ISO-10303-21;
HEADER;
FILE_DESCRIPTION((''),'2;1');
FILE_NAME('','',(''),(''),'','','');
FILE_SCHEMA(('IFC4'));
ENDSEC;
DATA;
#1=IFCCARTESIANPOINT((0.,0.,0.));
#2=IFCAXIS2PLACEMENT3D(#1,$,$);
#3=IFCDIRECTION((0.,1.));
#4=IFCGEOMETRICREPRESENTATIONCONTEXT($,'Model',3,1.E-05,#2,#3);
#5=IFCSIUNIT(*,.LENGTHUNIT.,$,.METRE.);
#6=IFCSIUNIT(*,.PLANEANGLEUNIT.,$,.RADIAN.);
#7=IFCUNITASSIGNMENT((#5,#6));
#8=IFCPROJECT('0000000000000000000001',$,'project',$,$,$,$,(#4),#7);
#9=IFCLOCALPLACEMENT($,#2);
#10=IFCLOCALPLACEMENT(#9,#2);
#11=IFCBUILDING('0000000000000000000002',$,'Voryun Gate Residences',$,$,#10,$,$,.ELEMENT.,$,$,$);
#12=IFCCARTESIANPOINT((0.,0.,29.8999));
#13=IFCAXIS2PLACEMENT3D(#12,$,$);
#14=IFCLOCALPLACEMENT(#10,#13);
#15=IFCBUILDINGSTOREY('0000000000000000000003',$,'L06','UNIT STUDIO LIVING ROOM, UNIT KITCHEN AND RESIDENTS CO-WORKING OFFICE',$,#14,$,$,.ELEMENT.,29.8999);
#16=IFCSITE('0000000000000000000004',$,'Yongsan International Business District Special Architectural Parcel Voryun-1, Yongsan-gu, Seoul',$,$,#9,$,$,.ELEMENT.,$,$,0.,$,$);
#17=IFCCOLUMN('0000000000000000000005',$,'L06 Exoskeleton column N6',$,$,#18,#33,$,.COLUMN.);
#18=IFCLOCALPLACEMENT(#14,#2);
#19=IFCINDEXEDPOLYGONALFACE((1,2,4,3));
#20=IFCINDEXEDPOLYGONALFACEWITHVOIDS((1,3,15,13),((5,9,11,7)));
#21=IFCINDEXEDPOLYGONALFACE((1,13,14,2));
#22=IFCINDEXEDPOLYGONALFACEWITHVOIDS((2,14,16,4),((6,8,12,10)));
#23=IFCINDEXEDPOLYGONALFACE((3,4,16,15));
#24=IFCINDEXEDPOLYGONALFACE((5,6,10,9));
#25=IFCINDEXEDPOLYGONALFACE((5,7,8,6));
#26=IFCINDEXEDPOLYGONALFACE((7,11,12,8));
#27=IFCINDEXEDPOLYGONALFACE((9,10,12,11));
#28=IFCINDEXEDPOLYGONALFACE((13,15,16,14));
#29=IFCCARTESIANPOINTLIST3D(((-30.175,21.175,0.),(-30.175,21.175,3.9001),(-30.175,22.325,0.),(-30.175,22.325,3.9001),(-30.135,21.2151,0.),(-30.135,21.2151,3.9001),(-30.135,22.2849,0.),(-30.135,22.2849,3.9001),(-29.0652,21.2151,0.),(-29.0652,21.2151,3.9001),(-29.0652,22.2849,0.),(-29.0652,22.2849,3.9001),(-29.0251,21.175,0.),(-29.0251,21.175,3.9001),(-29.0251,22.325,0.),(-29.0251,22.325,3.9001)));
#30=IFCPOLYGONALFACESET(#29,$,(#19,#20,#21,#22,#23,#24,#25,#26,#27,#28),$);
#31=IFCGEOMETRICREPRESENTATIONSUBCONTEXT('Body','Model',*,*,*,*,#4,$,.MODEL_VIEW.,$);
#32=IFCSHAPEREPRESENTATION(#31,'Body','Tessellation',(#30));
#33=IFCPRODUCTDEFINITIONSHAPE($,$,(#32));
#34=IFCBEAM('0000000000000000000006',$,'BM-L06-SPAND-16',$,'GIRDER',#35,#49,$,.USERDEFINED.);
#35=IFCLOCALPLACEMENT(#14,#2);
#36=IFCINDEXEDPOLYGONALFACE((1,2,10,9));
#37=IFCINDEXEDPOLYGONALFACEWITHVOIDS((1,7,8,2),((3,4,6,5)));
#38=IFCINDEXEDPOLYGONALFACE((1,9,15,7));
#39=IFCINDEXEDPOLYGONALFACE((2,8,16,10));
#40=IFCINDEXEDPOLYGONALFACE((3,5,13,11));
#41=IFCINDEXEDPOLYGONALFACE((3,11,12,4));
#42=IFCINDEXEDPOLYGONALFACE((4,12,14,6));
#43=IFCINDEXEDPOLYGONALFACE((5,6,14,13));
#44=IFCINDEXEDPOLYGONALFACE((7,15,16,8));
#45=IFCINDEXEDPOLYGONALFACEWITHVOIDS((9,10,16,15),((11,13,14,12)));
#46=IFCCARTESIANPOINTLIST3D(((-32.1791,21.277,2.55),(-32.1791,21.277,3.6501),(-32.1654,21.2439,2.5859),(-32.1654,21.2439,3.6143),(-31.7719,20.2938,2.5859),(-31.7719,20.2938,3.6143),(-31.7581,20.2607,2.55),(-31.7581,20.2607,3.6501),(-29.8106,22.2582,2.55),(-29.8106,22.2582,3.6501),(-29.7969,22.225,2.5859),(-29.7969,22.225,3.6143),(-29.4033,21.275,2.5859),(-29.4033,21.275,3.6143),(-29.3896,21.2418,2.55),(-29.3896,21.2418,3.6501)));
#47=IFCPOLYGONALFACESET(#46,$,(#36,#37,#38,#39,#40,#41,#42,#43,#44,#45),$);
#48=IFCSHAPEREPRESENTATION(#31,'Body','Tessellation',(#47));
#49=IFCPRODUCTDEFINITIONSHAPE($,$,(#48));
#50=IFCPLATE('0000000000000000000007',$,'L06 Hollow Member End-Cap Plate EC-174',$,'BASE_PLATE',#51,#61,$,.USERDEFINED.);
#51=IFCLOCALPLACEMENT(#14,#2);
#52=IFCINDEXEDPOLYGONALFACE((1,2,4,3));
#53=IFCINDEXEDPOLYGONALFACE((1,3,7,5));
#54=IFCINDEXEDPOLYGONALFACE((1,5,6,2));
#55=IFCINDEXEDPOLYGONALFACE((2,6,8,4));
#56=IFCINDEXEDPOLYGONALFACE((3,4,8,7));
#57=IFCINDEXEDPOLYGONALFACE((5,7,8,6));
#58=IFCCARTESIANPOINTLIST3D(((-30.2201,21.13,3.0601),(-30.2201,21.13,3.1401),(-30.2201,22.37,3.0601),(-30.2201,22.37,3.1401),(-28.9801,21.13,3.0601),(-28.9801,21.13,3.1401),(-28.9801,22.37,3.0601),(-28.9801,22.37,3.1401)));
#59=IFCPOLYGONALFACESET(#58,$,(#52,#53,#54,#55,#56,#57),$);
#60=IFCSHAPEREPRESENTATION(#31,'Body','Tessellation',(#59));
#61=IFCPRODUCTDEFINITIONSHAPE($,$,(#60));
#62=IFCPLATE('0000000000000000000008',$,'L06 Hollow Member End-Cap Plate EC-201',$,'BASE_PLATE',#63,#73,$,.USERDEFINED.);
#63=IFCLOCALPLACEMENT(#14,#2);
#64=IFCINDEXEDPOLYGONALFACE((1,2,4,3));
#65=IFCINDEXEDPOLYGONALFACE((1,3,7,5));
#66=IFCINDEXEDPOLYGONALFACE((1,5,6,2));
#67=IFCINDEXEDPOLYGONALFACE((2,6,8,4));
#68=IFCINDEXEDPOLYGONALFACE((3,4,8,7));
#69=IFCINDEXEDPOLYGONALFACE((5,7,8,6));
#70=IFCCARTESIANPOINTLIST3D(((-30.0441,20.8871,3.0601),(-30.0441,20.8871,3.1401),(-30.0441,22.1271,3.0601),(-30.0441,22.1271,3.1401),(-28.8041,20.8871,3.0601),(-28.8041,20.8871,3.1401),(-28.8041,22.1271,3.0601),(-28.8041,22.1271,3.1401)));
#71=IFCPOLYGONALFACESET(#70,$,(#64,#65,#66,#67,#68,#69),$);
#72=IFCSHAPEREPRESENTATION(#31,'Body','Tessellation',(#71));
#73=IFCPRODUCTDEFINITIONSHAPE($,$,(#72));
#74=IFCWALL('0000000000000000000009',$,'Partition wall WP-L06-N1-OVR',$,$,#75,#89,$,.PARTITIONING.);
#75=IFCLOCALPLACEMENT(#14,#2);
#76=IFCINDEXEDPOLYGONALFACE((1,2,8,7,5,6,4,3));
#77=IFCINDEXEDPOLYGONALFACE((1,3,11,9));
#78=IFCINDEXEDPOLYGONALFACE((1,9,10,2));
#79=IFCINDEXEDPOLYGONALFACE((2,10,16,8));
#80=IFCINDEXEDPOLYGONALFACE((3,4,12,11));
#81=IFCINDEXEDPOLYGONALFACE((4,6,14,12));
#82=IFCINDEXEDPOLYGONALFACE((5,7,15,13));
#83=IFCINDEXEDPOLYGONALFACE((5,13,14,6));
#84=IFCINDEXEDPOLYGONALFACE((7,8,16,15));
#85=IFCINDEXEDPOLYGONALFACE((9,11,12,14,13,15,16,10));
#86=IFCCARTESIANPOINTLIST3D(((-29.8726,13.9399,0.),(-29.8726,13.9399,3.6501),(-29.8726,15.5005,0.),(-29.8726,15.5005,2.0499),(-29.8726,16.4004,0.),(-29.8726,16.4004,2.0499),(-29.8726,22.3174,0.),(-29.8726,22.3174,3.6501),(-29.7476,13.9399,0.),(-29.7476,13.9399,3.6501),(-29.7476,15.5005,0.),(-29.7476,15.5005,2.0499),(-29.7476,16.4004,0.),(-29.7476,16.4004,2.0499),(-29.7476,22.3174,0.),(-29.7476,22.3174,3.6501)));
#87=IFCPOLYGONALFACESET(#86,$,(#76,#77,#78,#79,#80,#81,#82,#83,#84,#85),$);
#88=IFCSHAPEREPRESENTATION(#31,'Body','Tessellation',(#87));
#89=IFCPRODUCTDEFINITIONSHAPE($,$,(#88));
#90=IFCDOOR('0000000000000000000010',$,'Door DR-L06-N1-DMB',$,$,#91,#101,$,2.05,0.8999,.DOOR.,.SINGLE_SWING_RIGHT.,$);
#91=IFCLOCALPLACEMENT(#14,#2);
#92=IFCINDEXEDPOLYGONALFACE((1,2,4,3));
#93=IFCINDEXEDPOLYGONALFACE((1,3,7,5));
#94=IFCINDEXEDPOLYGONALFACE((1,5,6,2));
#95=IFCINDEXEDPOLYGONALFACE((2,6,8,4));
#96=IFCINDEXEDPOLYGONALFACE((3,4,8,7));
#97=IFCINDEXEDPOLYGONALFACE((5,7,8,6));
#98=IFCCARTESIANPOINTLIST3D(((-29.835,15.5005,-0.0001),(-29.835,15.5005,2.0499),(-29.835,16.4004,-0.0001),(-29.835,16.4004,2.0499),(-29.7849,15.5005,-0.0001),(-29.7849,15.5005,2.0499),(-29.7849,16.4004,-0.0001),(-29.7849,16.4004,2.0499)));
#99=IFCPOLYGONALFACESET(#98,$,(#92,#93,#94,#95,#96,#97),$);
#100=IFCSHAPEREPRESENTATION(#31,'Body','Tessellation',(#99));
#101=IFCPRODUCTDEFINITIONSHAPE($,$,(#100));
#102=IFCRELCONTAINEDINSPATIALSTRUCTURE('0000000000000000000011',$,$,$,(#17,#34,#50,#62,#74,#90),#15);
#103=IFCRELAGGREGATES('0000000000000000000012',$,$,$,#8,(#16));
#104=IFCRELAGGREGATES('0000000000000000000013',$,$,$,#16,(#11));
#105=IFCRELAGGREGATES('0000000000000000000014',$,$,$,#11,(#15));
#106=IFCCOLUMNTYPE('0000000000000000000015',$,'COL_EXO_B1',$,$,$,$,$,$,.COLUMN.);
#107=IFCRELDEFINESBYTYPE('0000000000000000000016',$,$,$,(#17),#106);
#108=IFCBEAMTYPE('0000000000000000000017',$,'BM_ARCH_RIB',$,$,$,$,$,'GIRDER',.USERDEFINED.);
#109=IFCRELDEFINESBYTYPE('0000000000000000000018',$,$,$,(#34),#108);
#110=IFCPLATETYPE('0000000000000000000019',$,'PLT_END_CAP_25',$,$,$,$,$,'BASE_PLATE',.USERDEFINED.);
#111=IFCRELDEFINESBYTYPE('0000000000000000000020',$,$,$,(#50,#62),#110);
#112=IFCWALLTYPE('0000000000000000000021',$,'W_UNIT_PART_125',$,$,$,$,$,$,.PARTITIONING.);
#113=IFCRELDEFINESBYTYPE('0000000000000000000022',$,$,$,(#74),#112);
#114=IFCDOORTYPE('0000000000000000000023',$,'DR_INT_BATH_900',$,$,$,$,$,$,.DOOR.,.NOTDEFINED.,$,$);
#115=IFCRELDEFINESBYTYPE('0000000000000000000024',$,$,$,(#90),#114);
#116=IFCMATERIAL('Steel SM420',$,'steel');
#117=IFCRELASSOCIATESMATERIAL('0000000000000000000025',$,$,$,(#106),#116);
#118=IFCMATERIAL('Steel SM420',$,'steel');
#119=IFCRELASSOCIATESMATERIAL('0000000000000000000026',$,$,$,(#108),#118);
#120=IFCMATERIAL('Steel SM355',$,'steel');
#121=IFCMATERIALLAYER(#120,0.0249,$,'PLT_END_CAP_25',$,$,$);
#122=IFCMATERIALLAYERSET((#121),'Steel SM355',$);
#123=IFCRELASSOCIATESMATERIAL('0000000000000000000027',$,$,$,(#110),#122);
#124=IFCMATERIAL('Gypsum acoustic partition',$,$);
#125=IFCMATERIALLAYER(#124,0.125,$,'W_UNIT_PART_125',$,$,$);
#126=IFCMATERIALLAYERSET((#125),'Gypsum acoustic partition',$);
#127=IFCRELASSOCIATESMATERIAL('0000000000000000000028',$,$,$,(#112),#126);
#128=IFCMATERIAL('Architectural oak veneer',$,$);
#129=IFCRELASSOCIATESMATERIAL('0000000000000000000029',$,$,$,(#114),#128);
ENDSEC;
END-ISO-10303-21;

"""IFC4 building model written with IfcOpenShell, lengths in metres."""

from ifc_helpers import new_model, si_unit, direction, frame, frame_2d, origin, origin_2d, place, context, subcontext, project, spatial, rectangle, hollow_rectangle, extrude, material, layer, layer_set, material_profile, profile_set, type_object, element, fill, save


model = new_model("IFC4")

# Units and contexts
model_context = context("Model", 3, precision=1e-05, world=origin(), true_north=direction((0.0, 1.0)))
body_context = subcontext(model_context, "Body", "Model", "MODEL_VIEW")
ifc_project = project(units=[si_unit("LENGTHUNIT", "METRE"), si_unit("PLANEANGLEUNIT", "RADIAN")], contexts=[model_context])

# Site, building, storey
site_placement = place(None, origin())
site = spatial("IfcSite", under=ifc_project, at=site_placement, Name="Yongsan International Business District Special Architectural Parcel Voryun-1, Yongsan-gu, Seoul", CompositionType="ELEMENT", RefElevation=0.0)
building_placement = place(site_placement, origin())
building = spatial("IfcBuilding", under=site, at=building_placement, Name="Voryun Gate Residences", CompositionType="ELEMENT")
storey_placement = place(building_placement, frame((0.0, 0.0, 29.8999)))
storey = spatial("IfcBuildingStorey", under=building, at=storey_placement, Name="L06", Description="UNIT STUDIO LIVING ROOM, UNIT KITCHEN AND RESIDENTS CO-WORKING OFFICE", CompositionType="ELEMENT", Elevation=29.8999)

# Column
ifc_material_1 = material(Name="Steel SM420", Category="steel")
ifc_material_profile_1 = material_profile(ifc_material_1, hollow_rectangle(XDim=1.1499, YDim=1.1499, WallThickness=0.04, at=origin_2d()), Name="BOX-1150x1150x40")
ifc_profile_set_1 = profile_set([ifc_material_profile_1], Name="Steel SM420")
column_type = type_object("IfcColumnType", Name="COL_EXO_B1", PredefinedType="COLUMN", material=ifc_profile_set_1)
column_placement = place(storey_placement, frame((-29.6001, 21.75, 0.0), z_axis=(0.0, 0.0, 1.0), x_axis=(1.0, 0.0, 0.0)))
element("IfcColumn", 1, at=column_placement, inside=storey, type_object=column_type, Name="L06 Exoskeleton column N6", PredefinedType="COLUMN", context=body_context, shape_type="SweptSolid", body=[
    extrude(hollow_rectangle(XDim=1.1499, YDim=1.1499, WallThickness=0.04, at=origin_2d()), origin(), (0.0, 0.0, 1.0), 3.9001),
])

# Beam
ifc_material_2 = material(Name="Steel SM420", Category="steel")
ifc_material_profile_2 = material_profile(ifc_material_2, hollow_rectangle(XDim=1.1001, YDim=1.1001, WallThickness=0.0359, at=origin_2d()), Name="BOX-1100x1100x36")
ifc_profile_set_2 = profile_set([ifc_material_profile_2], Name="Steel SM420")
beam_type = type_object("IfcBeamType", Name="BM_ARCH_RIB", ElementType="GIRDER", PredefinedType="USERDEFINED", material=ifc_profile_set_2)
beam_placement = place(storey_placement, frame((-29.6001, 21.75, 3.1001), z_axis=(-0.923869, -0.382708, 0.0), x_axis=(0.382708, -0.923869, 0.0)))
element("IfcBeam", 2, at=beam_placement, inside=storey, type_object=beam_type, Name="BM-L06-SPAND-16", ObjectType="GIRDER", PredefinedType="USERDEFINED", context=body_context, shape_type="SweptSolid", body=[
    extrude(hollow_rectangle(XDim=1.1001, YDim=1.1001, WallThickness=0.0359, at=origin_2d()), origin(), (0.0, 0.0, 1.0), 2.5637),
])

# Plates
ifc_material_3 = material(Name="Steel SM355", Category="steel")
ifc_layer_1 = layer(ifc_material_3, 0.0249, Name="PLT_END_CAP_25")
ifc_layer_set_1 = layer_set([ifc_layer_1], Name="Steel SM355")
plate_type = type_object("IfcPlateType", Name="PLT_END_CAP_25", ElementType="BASE_PLATE", PredefinedType="USERDEFINED", material=ifc_layer_set_1)
for number, where, z_axis, x_axis, name in (
    (3, (-29.6001, 21.75, 3.0601), (0.0, 0.0, 1.0), (1.0, 0.0, 0.0), "L06 Hollow Member End-Cap Plate EC-174"),
    (4, (-29.4241, 21.5071, 3.0601), (0.0, 0.0, 1.0), (1.0, 0.0, 0.0), "L06 Hollow Member End-Cap Plate EC-201"),
):
    element("IfcPlate", number, at=place(storey_placement, frame(where, z_axis=z_axis, x_axis=x_axis)), inside=storey, type_object=plate_type, Name=name, ObjectType="BASE_PLATE", PredefinedType="USERDEFINED", context=body_context, shape_type="SweptSolid", body=[
        extrude(rectangle(XDim=1.24, YDim=1.24, at=origin_2d()), origin(), (0.0, 0.0, 1.0), 0.0801),
    ])

# Wall, opening, door
ifc_material_4 = material(Name="Gypsum acoustic partition")
ifc_layer_2 = layer(ifc_material_4, 0.125, Name="W_UNIT_PART_125")
ifc_layer_set_2 = layer_set([ifc_layer_2], Name="Gypsum acoustic partition")
wall_type_1 = type_object("IfcWallType", Name="W_UNIT_PART_125", PredefinedType="PARTITIONING", material=ifc_layer_set_2)
wall_1_placement = place(storey_placement, frame((-29.8101, 13.9399, 0.0), z_axis=(0.0, 0.0, 1.0), x_axis=(0.0, 1.0, 0.0)))
wall_1 = element("IfcWall", 5, at=wall_1_placement, inside=storey, type_object=wall_type_1, Name="Partition wall WP-L06-N1-OVR", PredefinedType="PARTITIONING", context=body_context, shape_type="SweptSolid", body=[
    extrude(rectangle(XDim=8.3774, YDim=0.125, at=frame_2d((4.1887, 0.0))), origin(), (0.0, 0.0, 1.0), 3.6501),
])
opening_1_placement = place(wall_1_placement, frame((1.5605, 0.0, 0.0)))
opening_1 = element("IfcOpeningElement", 6, at=opening_1_placement, cuts=wall_1, PredefinedType="OPENING", context=body_context, shape_type="SweptSolid", body=[
    extrude(rectangle(XDim=0.8999, YDim=2.05, at=frame_2d((0.45, 1.0249))), frame((0.0, 0.0725, 0.0), z_axis=(0.0, -1.0, 0.0), x_axis=(1.0, 0.0, 0.0)), (0.0, 0.0, 1.0), 0.145),
])
ifc_material_5 = material(Name="Architectural oak veneer")
door_type = type_object("IfcDoorType", Name="DR_INT_BATH_900", OperationType="NOTDEFINED", PredefinedType="DOOR", material=ifc_material_5)
door_placement = place(opening_1_placement, origin())
door = element("IfcDoor", 7, at=door_placement, inside=storey, type_object=door_type, Name="Door DR-L06-N1-DMB", OperationType="SINGLE_SWING_RIGHT", OverallHeight=2.05, OverallWidth=0.8999, PredefinedType="DOOR", context=body_context, shape_type="SweptSolid", body=[
    extrude(rectangle(XDim=0.8999, YDim=2.05, at=frame_2d((0.45, 1.0249))), frame((0.0, 0.0249, 0.0), z_axis=(0.0, -1.0, 0.0), x_axis=(1.0, 0.0, 0.0)), (0.0, 0.0, 1.0), 0.05),
])
fill(opening_1, door)

save(model, "model.ifc")
